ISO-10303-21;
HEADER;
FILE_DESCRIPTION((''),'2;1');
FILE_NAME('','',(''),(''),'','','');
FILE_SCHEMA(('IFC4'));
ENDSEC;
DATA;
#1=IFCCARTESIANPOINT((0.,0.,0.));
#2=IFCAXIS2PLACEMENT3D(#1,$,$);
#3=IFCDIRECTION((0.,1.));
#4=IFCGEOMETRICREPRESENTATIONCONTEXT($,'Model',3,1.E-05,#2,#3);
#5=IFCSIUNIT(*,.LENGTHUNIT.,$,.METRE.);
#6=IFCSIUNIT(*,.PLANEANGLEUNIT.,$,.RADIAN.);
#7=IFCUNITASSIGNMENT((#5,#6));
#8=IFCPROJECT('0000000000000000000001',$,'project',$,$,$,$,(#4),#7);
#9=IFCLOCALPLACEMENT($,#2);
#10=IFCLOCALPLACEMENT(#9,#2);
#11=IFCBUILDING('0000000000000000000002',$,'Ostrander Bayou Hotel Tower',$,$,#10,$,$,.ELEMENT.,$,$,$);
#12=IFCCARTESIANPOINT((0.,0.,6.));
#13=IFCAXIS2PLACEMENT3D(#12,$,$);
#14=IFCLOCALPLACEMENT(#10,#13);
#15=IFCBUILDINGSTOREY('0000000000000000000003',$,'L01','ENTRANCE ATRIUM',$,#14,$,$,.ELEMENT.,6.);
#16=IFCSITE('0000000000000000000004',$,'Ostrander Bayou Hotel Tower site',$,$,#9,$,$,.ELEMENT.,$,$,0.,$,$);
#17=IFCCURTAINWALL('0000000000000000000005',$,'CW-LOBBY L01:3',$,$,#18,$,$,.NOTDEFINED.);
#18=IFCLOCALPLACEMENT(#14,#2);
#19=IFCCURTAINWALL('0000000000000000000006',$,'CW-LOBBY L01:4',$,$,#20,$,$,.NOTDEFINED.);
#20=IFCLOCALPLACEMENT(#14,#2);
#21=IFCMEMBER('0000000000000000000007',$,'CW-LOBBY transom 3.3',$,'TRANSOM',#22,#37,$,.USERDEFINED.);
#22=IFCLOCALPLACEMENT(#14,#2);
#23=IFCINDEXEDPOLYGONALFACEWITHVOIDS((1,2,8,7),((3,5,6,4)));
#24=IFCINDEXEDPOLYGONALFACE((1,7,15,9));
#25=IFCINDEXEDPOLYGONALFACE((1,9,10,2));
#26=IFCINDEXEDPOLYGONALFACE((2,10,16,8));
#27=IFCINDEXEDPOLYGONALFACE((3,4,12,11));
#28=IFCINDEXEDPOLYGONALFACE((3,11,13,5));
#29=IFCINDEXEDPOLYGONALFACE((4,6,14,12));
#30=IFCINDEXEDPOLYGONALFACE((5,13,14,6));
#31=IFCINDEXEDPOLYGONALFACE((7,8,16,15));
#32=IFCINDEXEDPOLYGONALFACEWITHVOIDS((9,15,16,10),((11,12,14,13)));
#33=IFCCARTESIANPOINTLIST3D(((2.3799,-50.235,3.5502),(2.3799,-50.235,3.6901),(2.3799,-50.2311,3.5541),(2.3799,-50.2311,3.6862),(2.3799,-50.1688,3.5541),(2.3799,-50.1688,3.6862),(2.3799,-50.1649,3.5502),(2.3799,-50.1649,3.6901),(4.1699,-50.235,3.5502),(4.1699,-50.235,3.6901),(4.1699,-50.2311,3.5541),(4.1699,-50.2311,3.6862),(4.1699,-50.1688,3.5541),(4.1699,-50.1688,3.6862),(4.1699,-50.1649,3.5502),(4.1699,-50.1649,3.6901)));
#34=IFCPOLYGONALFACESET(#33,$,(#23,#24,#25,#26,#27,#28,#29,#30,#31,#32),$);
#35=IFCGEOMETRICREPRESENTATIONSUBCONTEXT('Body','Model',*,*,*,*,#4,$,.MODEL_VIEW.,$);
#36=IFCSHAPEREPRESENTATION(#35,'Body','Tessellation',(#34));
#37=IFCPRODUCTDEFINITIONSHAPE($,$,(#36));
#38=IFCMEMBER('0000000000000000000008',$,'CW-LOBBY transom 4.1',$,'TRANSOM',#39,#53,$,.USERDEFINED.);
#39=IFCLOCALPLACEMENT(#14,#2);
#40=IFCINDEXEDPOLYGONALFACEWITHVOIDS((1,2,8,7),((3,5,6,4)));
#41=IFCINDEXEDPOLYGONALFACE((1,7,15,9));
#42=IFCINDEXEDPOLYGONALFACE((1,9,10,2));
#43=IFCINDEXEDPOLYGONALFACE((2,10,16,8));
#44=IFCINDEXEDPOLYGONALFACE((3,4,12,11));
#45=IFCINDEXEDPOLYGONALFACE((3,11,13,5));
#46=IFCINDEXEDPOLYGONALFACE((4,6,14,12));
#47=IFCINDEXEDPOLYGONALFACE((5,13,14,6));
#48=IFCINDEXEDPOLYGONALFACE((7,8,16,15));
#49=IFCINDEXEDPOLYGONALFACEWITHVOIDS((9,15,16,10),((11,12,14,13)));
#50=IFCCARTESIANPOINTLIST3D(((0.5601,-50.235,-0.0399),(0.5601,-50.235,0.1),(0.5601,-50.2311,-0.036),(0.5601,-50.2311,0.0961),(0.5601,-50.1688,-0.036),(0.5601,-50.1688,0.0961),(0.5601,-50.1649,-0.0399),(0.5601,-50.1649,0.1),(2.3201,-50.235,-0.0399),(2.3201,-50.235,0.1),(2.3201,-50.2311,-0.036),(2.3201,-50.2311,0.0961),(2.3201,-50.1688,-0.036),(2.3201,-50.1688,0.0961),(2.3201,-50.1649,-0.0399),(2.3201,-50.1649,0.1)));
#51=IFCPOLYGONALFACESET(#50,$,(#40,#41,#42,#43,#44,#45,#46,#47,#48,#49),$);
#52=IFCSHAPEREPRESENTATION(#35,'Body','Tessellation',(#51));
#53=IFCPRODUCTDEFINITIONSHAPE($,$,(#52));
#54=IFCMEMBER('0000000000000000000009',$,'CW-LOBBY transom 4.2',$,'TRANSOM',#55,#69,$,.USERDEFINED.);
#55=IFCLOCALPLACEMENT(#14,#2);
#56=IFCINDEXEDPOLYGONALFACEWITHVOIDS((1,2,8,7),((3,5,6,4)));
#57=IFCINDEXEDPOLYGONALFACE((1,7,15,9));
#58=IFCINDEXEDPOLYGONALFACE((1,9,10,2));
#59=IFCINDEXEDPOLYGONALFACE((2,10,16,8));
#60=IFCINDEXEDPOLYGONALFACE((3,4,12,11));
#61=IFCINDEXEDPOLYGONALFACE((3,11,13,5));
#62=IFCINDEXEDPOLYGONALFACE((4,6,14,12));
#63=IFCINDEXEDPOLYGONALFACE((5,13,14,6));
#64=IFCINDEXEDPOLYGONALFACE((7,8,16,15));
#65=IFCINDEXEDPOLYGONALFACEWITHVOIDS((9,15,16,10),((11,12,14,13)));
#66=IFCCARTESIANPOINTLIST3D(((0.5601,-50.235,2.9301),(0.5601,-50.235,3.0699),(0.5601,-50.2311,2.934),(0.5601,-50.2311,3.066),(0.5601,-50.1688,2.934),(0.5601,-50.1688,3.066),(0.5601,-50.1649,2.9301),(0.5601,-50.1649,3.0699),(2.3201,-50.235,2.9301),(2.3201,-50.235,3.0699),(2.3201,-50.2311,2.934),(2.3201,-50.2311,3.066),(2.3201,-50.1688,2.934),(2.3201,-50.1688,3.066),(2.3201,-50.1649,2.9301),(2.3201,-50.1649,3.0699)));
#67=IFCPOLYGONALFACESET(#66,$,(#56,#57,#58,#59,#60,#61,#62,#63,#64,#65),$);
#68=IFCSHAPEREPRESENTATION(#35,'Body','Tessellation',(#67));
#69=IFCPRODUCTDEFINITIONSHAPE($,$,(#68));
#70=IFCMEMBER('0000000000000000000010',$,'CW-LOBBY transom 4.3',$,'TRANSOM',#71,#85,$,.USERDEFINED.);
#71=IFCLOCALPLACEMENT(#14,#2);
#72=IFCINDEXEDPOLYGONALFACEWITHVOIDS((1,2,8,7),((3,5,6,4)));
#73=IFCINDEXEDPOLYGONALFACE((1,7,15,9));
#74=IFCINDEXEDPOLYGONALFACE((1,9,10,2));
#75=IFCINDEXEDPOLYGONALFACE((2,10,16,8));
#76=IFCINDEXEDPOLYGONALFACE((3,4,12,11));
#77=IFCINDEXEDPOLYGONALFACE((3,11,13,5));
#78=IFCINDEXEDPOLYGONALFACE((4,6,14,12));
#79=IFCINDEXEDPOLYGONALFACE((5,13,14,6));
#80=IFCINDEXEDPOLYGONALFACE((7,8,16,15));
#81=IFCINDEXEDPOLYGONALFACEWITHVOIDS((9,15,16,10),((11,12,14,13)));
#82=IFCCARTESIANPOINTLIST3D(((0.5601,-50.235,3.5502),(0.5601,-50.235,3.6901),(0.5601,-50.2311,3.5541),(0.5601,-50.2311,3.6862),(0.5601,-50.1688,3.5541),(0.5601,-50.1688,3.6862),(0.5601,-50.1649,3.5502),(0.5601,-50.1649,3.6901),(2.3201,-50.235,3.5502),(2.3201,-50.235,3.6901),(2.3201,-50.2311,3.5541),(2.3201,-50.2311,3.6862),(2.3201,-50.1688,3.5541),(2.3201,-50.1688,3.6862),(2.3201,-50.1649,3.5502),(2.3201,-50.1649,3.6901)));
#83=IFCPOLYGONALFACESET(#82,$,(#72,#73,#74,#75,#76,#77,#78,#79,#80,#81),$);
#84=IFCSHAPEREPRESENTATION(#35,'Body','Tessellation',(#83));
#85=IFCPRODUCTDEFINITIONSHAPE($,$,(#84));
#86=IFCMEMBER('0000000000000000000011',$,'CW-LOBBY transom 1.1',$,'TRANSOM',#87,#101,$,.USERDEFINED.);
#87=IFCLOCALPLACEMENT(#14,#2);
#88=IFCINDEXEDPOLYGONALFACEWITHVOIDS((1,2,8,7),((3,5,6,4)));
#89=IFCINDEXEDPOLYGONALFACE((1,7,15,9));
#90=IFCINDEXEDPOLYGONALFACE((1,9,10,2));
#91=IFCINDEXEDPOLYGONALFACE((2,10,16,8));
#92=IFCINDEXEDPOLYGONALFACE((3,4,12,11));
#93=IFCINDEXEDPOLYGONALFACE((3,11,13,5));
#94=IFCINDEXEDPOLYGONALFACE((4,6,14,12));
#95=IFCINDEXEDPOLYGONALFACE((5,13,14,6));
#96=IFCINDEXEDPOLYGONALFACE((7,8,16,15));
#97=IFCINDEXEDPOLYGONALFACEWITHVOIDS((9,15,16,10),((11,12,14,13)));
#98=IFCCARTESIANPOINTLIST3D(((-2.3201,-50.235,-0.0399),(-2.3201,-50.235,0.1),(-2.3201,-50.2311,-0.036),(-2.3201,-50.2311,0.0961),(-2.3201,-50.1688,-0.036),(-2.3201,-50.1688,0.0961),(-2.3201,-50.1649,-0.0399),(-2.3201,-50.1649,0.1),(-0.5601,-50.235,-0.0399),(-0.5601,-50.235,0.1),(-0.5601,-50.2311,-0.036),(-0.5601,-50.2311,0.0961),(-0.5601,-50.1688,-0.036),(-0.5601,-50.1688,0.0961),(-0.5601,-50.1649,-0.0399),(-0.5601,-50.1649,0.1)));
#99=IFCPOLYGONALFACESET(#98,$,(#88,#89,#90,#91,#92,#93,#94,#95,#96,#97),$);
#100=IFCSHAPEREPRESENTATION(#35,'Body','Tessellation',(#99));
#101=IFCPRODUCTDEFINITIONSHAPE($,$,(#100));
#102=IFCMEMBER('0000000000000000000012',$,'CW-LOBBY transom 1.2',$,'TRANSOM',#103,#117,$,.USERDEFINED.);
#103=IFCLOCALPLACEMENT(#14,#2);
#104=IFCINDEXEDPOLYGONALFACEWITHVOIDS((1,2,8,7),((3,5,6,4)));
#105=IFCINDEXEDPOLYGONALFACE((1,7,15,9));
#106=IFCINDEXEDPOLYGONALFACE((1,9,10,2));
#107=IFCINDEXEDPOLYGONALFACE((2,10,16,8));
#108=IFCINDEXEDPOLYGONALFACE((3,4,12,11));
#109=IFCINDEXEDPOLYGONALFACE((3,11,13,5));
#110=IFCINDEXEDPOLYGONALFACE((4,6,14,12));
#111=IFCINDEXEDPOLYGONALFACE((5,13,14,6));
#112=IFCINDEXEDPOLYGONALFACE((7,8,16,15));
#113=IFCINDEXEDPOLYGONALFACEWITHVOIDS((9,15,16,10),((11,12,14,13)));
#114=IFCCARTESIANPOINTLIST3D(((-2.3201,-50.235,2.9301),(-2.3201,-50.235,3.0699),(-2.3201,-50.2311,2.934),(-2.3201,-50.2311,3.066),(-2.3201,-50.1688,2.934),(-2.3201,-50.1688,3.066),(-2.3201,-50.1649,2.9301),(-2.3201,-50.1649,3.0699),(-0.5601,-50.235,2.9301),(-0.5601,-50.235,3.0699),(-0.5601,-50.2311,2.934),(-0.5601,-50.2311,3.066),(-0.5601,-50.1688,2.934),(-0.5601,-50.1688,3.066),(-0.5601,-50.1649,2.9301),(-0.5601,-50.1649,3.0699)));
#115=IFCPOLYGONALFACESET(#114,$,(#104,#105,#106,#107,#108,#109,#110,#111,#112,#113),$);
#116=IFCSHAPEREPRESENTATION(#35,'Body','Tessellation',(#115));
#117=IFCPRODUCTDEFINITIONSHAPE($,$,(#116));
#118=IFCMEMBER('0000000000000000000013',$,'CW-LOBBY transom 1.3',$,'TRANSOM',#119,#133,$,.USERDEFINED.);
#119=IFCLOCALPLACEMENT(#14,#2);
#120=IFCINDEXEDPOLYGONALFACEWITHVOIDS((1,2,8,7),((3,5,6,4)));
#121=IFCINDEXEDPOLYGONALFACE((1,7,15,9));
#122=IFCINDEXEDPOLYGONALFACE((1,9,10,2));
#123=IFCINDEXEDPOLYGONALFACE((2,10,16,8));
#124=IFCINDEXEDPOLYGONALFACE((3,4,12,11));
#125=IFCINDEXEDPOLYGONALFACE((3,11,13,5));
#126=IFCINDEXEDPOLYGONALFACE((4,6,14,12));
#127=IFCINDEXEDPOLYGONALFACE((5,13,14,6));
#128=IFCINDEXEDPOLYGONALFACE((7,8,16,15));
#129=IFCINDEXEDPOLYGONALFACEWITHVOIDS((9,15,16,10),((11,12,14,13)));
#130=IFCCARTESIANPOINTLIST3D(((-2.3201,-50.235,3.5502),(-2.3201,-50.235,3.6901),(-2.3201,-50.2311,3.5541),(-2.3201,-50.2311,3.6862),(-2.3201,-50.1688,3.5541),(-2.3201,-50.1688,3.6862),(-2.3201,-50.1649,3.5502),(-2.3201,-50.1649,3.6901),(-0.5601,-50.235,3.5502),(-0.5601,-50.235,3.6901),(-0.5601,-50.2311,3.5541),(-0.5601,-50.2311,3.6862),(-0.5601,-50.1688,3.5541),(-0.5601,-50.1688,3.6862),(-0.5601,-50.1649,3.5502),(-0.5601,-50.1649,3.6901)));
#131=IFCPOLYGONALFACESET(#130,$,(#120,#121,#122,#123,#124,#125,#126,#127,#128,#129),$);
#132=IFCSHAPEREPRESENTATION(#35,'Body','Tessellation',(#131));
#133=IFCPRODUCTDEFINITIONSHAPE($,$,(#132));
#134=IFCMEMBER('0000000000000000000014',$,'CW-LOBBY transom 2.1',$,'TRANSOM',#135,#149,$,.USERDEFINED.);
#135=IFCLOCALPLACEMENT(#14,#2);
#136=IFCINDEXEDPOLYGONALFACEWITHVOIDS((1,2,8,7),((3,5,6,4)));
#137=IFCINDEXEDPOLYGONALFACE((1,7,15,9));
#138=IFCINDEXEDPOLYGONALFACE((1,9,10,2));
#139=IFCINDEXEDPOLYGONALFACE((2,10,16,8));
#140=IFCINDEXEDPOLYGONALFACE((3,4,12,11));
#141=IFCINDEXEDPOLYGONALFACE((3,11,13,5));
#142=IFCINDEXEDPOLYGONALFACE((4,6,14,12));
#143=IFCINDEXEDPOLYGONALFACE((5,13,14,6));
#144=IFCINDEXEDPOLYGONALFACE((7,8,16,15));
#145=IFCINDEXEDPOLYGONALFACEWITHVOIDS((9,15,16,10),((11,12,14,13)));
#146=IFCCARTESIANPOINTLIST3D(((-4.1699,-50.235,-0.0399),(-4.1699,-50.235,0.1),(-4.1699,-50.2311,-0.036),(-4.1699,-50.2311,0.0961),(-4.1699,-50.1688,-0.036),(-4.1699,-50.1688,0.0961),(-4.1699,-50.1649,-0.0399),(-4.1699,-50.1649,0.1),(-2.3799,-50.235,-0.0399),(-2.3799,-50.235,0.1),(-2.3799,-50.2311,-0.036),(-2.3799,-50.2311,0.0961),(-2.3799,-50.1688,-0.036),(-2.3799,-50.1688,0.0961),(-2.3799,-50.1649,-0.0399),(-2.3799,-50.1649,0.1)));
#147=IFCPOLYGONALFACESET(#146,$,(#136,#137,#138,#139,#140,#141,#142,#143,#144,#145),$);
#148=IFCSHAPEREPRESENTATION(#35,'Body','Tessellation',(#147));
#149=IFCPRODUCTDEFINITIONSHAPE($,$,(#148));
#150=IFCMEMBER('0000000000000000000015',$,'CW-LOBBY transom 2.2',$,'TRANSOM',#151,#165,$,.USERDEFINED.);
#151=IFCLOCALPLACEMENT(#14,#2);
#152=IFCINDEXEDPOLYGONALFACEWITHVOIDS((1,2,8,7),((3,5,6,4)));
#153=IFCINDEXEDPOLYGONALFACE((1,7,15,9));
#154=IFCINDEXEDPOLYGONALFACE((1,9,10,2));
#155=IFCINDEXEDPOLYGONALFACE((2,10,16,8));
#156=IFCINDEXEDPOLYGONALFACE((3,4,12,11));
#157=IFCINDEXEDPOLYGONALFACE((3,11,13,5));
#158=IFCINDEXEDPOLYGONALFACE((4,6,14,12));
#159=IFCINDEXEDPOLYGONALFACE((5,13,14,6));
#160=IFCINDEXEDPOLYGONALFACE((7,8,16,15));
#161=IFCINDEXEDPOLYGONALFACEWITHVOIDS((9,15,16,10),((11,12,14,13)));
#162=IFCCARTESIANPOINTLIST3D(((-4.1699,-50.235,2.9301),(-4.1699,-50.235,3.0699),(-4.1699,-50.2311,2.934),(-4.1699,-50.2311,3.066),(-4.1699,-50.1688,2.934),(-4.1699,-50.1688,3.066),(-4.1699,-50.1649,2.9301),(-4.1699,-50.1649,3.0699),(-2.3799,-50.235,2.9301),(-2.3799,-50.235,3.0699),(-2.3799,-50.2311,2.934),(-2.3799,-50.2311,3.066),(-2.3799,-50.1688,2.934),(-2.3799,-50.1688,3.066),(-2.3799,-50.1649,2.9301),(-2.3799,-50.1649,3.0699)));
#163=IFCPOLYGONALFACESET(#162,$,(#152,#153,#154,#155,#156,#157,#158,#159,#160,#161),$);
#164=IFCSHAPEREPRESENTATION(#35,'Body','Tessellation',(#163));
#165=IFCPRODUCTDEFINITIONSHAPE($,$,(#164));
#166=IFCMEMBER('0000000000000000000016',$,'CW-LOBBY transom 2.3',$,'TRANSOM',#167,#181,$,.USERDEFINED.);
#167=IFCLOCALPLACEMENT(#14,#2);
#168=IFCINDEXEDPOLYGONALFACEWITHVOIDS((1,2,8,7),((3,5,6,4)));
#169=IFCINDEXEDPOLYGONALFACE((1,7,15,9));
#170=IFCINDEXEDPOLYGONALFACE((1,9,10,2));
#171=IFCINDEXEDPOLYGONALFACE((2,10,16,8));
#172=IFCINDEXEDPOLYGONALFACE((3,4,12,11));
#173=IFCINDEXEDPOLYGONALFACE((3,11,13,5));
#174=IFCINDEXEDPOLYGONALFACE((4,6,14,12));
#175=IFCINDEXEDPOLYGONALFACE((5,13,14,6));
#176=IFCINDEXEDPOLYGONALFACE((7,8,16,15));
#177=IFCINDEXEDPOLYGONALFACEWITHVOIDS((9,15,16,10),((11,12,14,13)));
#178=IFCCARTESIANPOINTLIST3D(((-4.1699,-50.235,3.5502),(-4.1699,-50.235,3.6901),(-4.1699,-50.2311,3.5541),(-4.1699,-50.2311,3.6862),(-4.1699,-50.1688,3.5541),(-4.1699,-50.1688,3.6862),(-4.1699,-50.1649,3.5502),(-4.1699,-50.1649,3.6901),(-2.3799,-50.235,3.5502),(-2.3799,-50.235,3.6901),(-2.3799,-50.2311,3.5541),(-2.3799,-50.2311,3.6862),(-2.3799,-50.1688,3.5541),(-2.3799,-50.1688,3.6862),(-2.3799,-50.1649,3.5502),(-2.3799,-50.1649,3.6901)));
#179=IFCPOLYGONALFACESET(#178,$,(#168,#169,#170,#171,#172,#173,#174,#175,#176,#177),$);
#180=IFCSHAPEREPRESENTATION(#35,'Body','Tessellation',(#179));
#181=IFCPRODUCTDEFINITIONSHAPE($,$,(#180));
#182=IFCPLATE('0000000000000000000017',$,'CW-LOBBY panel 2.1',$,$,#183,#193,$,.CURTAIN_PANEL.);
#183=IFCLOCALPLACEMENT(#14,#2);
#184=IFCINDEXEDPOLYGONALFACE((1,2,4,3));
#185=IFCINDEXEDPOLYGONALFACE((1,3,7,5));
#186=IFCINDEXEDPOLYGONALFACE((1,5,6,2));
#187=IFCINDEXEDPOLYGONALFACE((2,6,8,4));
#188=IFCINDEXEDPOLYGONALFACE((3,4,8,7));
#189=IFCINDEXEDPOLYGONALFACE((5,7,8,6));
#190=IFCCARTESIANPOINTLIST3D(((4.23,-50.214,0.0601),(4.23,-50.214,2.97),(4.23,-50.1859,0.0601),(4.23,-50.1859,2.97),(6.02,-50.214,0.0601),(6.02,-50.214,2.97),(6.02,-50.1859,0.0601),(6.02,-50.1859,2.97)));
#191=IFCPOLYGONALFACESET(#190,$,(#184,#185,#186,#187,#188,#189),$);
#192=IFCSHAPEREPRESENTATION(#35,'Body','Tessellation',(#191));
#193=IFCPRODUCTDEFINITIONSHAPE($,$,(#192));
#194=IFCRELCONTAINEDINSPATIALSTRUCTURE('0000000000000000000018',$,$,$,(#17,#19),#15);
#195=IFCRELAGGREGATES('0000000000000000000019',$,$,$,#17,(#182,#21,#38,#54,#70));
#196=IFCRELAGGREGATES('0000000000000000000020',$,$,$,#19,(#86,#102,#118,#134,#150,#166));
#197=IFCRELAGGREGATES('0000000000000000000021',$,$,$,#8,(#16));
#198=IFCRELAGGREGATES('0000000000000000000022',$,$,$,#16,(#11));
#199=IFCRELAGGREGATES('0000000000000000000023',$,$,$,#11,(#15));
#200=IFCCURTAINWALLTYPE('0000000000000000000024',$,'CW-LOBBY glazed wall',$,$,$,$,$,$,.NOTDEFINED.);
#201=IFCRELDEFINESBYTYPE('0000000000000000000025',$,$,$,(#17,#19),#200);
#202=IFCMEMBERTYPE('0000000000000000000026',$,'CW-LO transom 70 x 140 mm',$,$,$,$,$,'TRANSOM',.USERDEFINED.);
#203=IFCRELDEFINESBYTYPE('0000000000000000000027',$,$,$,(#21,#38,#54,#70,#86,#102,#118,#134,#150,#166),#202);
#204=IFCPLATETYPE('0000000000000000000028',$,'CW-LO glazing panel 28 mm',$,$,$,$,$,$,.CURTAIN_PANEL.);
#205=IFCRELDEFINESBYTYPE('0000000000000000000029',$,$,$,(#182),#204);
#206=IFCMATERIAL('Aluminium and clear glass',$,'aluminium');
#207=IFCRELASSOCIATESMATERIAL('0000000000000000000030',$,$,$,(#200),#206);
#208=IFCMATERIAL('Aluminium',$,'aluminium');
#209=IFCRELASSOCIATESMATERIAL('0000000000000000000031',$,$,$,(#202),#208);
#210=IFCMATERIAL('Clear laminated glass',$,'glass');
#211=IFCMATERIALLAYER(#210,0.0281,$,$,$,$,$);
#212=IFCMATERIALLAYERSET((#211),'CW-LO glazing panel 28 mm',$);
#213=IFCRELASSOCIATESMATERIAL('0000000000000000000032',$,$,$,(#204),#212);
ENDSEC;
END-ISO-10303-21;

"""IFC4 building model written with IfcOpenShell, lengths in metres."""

from ifc_helpers import new_model, si_unit, direction, frame, origin, origin_2d, place, context, subcontext, project, spatial, rectangle, hollow_rectangle, extrude, material, layer, layer_set, material_profile, profile_set, type_object, element, aggregate, save


model = new_model("IFC4")

# Units and contexts
model_context = context("Model", 3, precision=1e-05, world=origin(), true_north=direction((0.0, 1.0)))
body_context = subcontext(model_context, "Body", "Model", "MODEL_VIEW")
ifc_project = project(units=[si_unit("LENGTHUNIT", "METRE"), si_unit("PLANEANGLEUNIT", "RADIAN")], contexts=[model_context])

# Site, building, storey
site_placement = place(None, origin())
site = spatial("IfcSite", under=ifc_project, at=site_placement, Name="Ostrander Bayou Hotel Tower site", CompositionType="ELEMENT", RefElevation=0.0)
building_placement = place(site_placement, origin())
building = spatial("IfcBuilding", under=site, at=building_placement, Name="Ostrander Bayou Hotel Tower", CompositionType="ELEMENT")
storey_placement = place(building_placement, frame((0.0, 0.0, 6.0)))
storey = spatial("IfcBuildingStorey", under=building, at=storey_placement, Name="L01", Description="ENTRANCE ATRIUM", CompositionType="ELEMENT", Elevation=6.0)

# Curtain walls
ifc_material_1 = material(Name="Aluminium and clear glass", Category="aluminium")
curtain_wall_type = type_object("IfcCurtainWallType", Name="CW-LOBBY glazed wall", PredefinedType="NOTDEFINED", material=ifc_material_1)
curtain_wall_1_placement = place(storey_placement, origin())
curtain_wall_1 = element("IfcCurtainWall", 1, at=curtain_wall_1_placement, inside=storey, type_object=curtain_wall_type, Name="CW-LOBBY L01:3", PredefinedType="NOTDEFINED")
curtain_wall_2_placement = place(storey_placement, origin())
curtain_wall_2 = element("IfcCurtainWall", 2, at=curtain_wall_2_placement, inside=storey, type_object=curtain_wall_type, Name="CW-LOBBY L01:4", PredefinedType="NOTDEFINED")

# Members
ifc_material_2 = material(Name="Aluminium", Category="aluminium")
ifc_material_profile_1 = material_profile(ifc_material_2, hollow_rectangle(XDim=0.0701, YDim=0.1399, WallThickness=0.0039, at=origin_2d()))
ifc_profile_set_1 = profile_set([ifc_material_profile_1], Name="Aluminium")
member_type_1 = type_object("IfcMemberType", Name="CW-LO transom 70 x 140 mm", ElementType="TRANSOM", PredefinedType="USERDEFINED", material=ifc_profile_set_1)
member_1_placement = place(storey_placement, frame((4.1699, -50.2, 3.6201), z_axis=(-1.0, 0.0, 0.0), x_axis=(0.0, -1.0, 0.0)))
member_1 = element("IfcMember", 3, at=member_1_placement, type_object=member_type_1, Name="CW-LOBBY transom 3.3", ObjectType="TRANSOM", PredefinedType="USERDEFINED", context=body_context, shape_type="SweptSolid", body=[
    extrude(hollow_rectangle(XDim=0.0701, YDim=0.1399, WallThickness=0.0039, at=origin_2d()), origin(), (0.0, 0.0, 1.0), 1.79),
])
member_2_placement = place(storey_placement, frame((2.3201, -50.2, 0.03), z_axis=(-1.0, 0.0, 0.0), x_axis=(0.0, -1.0, 0.0)))
member_2 = element("IfcMember", 4, at=member_2_placement, type_object=member_type_1, Name="CW-LOBBY transom 4.1", ObjectType="TRANSOM", PredefinedType="USERDEFINED", context=body_context, shape_type="SweptSolid", body=[
    extrude(hollow_rectangle(XDim=0.0701, YDim=0.1399, WallThickness=0.0039, at=origin_2d()), origin(), (0.0, 0.0, 1.0), 1.76),
])
member_3_placement = place(storey_placement, frame((2.3201, -50.2, 3.0), z_axis=(-1.0, 0.0, 0.0), x_axis=(0.0, -1.0, 0.0)))
member_3 = element("IfcMember", 5, at=member_3_placement, type_object=member_type_1, Name="CW-LOBBY transom 4.2", ObjectType="TRANSOM", PredefinedType="USERDEFINED", context=body_context, shape_type="SweptSolid", body=[
    extrude(hollow_rectangle(XDim=0.0701, YDim=0.1399, WallThickness=0.0039, at=origin_2d()), origin(), (0.0, 0.0, 1.0), 1.76),
])
member_4_placement = place(storey_placement, frame((2.3201, -50.2, 3.6201), z_axis=(-1.0, 0.0, 0.0), x_axis=(0.0, -1.0, 0.0)))
member_4 = element("IfcMember", 6, at=member_4_placement, type_object=member_type_1, Name="CW-LOBBY transom 4.3", ObjectType="TRANSOM", PredefinedType="USERDEFINED", context=body_context, shape_type="SweptSolid", body=[
    extrude(hollow_rectangle(XDim=0.0701, YDim=0.1399, WallThickness=0.0039, at=origin_2d()), origin(), (0.0, 0.0, 1.0), 1.76),
])
member_5_placement = place(storey_placement, frame((-0.5601, -50.2, 0.03), z_axis=(-1.0, 0.0, 0.0), x_axis=(0.0, -1.0, 0.0)))
member_5 = element("IfcMember", 7, at=member_5_placement, type_object=member_type_1, Name="CW-LOBBY transom 1.1", ObjectType="TRANSOM", PredefinedType="USERDEFINED", context=body_context, shape_type="SweptSolid", body=[
    extrude(hollow_rectangle(XDim=0.0701, YDim=0.1399, WallThickness=0.0039, at=origin_2d()), origin(), (0.0, 0.0, 1.0), 1.76),
])
member_6_placement = place(storey_placement, frame((-0.5601, -50.2, 3.0), z_axis=(-1.0, 0.0, 0.0), x_axis=(0.0, -1.0, 0.0)))
member_6 = element("IfcMember", 8, at=member_6_placement, type_object=member_type_1, Name="CW-LOBBY transom 1.2", ObjectType="TRANSOM", PredefinedType="USERDEFINED", context=body_context, shape_type="SweptSolid", body=[
    extrude(hollow_rectangle(XDim=0.0701, YDim=0.1399, WallThickness=0.0039, at=origin_2d()), origin(), (0.0, 0.0, 1.0), 1.76),
])
member_7_placement = place(storey_placement, frame((-0.5601, -50.2, 3.6201), z_axis=(-1.0, 0.0, 0.0), x_axis=(0.0, -1.0, 0.0)))
member_7 = element("IfcMember", 9, at=member_7_placement, type_object=member_type_1, Name="CW-LOBBY transom 1.3", ObjectType="TRANSOM", PredefinedType="USERDEFINED", context=body_context, shape_type="SweptSolid", body=[
    extrude(hollow_rectangle(XDim=0.0701, YDim=0.1399, WallThickness=0.0039, at=origin_2d()), origin(), (0.0, 0.0, 1.0), 1.76),
])
member_8_placement = place(storey_placement, frame((-2.3799, -50.2, 0.03), z_axis=(-1.0, 0.0, 0.0), x_axis=(0.0, -1.0, 0.0)))
member_8 = element("IfcMember", 10, at=member_8_placement, type_object=member_type_1, Name="CW-LOBBY transom 2.1", ObjectType="TRANSOM", PredefinedType="USERDEFINED", context=body_context, shape_type="SweptSolid", body=[
    extrude(hollow_rectangle(XDim=0.0701, YDim=0.1399, WallThickness=0.0039, at=origin_2d()), origin(), (0.0, 0.0, 1.0), 1.79),
])
member_9_placement = place(storey_placement, frame((-2.3799, -50.2, 3.0), z_axis=(-1.0, 0.0, 0.0), x_axis=(0.0, -1.0, 0.0)))
member_9 = element("IfcMember", 11, at=member_9_placement, type_object=member_type_1, Name="CW-LOBBY transom 2.2", ObjectType="TRANSOM", PredefinedType="USERDEFINED", context=body_context, shape_type="SweptSolid", body=[
    extrude(hollow_rectangle(XDim=0.0701, YDim=0.1399, WallThickness=0.0039, at=origin_2d()), origin(), (0.0, 0.0, 1.0), 1.79),
])
member_10_placement = place(storey_placement, frame((-2.3799, -50.2, 3.6201), z_axis=(-1.0, 0.0, 0.0), x_axis=(0.0, -1.0, 0.0)))
member_10 = element("IfcMember", 12, at=member_10_placement, type_object=member_type_1, Name="CW-LOBBY transom 2.3", ObjectType="TRANSOM", PredefinedType="USERDEFINED", context=body_context, shape_type="SweptSolid", body=[
    extrude(hollow_rectangle(XDim=0.0701, YDim=0.1399, WallThickness=0.0039, at=origin_2d()), origin(), (0.0, 0.0, 1.0), 1.79),
])

# Plate
ifc_material_3 = material(Name="Clear laminated glass", Category="glass")
ifc_layer = layer(ifc_material_3, 0.0281)
ifc_layer_set = layer_set([ifc_layer], Name="CW-LO glazing panel 28 mm")
plate_type = type_object("IfcPlateType", Name="CW-LO glazing panel 28 mm", PredefinedType="CURTAIN_PANEL", material=ifc_layer_set)
plate_1_placement = place(storey_placement, frame((5.125, -50.2, 0.0601), z_axis=(0.0, 0.0, 1.0), x_axis=(-1.0, 0.0, 0.0)))
plate_1 = element("IfcPlate", 13, at=plate_1_placement, type_object=plate_type, Name="CW-LOBBY panel 2.1", PredefinedType="CURTAIN_PANEL", context=body_context, shape_type="SweptSolid", body=[
    extrude(rectangle(XDim=1.79, YDim=0.0281, at=origin_2d()), origin(), (0.0, 0.0, 1.0), 2.9099),
])
aggregate(curtain_wall_1, [plate_1, member_1, member_2, member_3, member_4])
aggregate(curtain_wall_2, [member_5, member_6, member_7, member_8, member_9, member_10])

save(model, "model.ifc")
